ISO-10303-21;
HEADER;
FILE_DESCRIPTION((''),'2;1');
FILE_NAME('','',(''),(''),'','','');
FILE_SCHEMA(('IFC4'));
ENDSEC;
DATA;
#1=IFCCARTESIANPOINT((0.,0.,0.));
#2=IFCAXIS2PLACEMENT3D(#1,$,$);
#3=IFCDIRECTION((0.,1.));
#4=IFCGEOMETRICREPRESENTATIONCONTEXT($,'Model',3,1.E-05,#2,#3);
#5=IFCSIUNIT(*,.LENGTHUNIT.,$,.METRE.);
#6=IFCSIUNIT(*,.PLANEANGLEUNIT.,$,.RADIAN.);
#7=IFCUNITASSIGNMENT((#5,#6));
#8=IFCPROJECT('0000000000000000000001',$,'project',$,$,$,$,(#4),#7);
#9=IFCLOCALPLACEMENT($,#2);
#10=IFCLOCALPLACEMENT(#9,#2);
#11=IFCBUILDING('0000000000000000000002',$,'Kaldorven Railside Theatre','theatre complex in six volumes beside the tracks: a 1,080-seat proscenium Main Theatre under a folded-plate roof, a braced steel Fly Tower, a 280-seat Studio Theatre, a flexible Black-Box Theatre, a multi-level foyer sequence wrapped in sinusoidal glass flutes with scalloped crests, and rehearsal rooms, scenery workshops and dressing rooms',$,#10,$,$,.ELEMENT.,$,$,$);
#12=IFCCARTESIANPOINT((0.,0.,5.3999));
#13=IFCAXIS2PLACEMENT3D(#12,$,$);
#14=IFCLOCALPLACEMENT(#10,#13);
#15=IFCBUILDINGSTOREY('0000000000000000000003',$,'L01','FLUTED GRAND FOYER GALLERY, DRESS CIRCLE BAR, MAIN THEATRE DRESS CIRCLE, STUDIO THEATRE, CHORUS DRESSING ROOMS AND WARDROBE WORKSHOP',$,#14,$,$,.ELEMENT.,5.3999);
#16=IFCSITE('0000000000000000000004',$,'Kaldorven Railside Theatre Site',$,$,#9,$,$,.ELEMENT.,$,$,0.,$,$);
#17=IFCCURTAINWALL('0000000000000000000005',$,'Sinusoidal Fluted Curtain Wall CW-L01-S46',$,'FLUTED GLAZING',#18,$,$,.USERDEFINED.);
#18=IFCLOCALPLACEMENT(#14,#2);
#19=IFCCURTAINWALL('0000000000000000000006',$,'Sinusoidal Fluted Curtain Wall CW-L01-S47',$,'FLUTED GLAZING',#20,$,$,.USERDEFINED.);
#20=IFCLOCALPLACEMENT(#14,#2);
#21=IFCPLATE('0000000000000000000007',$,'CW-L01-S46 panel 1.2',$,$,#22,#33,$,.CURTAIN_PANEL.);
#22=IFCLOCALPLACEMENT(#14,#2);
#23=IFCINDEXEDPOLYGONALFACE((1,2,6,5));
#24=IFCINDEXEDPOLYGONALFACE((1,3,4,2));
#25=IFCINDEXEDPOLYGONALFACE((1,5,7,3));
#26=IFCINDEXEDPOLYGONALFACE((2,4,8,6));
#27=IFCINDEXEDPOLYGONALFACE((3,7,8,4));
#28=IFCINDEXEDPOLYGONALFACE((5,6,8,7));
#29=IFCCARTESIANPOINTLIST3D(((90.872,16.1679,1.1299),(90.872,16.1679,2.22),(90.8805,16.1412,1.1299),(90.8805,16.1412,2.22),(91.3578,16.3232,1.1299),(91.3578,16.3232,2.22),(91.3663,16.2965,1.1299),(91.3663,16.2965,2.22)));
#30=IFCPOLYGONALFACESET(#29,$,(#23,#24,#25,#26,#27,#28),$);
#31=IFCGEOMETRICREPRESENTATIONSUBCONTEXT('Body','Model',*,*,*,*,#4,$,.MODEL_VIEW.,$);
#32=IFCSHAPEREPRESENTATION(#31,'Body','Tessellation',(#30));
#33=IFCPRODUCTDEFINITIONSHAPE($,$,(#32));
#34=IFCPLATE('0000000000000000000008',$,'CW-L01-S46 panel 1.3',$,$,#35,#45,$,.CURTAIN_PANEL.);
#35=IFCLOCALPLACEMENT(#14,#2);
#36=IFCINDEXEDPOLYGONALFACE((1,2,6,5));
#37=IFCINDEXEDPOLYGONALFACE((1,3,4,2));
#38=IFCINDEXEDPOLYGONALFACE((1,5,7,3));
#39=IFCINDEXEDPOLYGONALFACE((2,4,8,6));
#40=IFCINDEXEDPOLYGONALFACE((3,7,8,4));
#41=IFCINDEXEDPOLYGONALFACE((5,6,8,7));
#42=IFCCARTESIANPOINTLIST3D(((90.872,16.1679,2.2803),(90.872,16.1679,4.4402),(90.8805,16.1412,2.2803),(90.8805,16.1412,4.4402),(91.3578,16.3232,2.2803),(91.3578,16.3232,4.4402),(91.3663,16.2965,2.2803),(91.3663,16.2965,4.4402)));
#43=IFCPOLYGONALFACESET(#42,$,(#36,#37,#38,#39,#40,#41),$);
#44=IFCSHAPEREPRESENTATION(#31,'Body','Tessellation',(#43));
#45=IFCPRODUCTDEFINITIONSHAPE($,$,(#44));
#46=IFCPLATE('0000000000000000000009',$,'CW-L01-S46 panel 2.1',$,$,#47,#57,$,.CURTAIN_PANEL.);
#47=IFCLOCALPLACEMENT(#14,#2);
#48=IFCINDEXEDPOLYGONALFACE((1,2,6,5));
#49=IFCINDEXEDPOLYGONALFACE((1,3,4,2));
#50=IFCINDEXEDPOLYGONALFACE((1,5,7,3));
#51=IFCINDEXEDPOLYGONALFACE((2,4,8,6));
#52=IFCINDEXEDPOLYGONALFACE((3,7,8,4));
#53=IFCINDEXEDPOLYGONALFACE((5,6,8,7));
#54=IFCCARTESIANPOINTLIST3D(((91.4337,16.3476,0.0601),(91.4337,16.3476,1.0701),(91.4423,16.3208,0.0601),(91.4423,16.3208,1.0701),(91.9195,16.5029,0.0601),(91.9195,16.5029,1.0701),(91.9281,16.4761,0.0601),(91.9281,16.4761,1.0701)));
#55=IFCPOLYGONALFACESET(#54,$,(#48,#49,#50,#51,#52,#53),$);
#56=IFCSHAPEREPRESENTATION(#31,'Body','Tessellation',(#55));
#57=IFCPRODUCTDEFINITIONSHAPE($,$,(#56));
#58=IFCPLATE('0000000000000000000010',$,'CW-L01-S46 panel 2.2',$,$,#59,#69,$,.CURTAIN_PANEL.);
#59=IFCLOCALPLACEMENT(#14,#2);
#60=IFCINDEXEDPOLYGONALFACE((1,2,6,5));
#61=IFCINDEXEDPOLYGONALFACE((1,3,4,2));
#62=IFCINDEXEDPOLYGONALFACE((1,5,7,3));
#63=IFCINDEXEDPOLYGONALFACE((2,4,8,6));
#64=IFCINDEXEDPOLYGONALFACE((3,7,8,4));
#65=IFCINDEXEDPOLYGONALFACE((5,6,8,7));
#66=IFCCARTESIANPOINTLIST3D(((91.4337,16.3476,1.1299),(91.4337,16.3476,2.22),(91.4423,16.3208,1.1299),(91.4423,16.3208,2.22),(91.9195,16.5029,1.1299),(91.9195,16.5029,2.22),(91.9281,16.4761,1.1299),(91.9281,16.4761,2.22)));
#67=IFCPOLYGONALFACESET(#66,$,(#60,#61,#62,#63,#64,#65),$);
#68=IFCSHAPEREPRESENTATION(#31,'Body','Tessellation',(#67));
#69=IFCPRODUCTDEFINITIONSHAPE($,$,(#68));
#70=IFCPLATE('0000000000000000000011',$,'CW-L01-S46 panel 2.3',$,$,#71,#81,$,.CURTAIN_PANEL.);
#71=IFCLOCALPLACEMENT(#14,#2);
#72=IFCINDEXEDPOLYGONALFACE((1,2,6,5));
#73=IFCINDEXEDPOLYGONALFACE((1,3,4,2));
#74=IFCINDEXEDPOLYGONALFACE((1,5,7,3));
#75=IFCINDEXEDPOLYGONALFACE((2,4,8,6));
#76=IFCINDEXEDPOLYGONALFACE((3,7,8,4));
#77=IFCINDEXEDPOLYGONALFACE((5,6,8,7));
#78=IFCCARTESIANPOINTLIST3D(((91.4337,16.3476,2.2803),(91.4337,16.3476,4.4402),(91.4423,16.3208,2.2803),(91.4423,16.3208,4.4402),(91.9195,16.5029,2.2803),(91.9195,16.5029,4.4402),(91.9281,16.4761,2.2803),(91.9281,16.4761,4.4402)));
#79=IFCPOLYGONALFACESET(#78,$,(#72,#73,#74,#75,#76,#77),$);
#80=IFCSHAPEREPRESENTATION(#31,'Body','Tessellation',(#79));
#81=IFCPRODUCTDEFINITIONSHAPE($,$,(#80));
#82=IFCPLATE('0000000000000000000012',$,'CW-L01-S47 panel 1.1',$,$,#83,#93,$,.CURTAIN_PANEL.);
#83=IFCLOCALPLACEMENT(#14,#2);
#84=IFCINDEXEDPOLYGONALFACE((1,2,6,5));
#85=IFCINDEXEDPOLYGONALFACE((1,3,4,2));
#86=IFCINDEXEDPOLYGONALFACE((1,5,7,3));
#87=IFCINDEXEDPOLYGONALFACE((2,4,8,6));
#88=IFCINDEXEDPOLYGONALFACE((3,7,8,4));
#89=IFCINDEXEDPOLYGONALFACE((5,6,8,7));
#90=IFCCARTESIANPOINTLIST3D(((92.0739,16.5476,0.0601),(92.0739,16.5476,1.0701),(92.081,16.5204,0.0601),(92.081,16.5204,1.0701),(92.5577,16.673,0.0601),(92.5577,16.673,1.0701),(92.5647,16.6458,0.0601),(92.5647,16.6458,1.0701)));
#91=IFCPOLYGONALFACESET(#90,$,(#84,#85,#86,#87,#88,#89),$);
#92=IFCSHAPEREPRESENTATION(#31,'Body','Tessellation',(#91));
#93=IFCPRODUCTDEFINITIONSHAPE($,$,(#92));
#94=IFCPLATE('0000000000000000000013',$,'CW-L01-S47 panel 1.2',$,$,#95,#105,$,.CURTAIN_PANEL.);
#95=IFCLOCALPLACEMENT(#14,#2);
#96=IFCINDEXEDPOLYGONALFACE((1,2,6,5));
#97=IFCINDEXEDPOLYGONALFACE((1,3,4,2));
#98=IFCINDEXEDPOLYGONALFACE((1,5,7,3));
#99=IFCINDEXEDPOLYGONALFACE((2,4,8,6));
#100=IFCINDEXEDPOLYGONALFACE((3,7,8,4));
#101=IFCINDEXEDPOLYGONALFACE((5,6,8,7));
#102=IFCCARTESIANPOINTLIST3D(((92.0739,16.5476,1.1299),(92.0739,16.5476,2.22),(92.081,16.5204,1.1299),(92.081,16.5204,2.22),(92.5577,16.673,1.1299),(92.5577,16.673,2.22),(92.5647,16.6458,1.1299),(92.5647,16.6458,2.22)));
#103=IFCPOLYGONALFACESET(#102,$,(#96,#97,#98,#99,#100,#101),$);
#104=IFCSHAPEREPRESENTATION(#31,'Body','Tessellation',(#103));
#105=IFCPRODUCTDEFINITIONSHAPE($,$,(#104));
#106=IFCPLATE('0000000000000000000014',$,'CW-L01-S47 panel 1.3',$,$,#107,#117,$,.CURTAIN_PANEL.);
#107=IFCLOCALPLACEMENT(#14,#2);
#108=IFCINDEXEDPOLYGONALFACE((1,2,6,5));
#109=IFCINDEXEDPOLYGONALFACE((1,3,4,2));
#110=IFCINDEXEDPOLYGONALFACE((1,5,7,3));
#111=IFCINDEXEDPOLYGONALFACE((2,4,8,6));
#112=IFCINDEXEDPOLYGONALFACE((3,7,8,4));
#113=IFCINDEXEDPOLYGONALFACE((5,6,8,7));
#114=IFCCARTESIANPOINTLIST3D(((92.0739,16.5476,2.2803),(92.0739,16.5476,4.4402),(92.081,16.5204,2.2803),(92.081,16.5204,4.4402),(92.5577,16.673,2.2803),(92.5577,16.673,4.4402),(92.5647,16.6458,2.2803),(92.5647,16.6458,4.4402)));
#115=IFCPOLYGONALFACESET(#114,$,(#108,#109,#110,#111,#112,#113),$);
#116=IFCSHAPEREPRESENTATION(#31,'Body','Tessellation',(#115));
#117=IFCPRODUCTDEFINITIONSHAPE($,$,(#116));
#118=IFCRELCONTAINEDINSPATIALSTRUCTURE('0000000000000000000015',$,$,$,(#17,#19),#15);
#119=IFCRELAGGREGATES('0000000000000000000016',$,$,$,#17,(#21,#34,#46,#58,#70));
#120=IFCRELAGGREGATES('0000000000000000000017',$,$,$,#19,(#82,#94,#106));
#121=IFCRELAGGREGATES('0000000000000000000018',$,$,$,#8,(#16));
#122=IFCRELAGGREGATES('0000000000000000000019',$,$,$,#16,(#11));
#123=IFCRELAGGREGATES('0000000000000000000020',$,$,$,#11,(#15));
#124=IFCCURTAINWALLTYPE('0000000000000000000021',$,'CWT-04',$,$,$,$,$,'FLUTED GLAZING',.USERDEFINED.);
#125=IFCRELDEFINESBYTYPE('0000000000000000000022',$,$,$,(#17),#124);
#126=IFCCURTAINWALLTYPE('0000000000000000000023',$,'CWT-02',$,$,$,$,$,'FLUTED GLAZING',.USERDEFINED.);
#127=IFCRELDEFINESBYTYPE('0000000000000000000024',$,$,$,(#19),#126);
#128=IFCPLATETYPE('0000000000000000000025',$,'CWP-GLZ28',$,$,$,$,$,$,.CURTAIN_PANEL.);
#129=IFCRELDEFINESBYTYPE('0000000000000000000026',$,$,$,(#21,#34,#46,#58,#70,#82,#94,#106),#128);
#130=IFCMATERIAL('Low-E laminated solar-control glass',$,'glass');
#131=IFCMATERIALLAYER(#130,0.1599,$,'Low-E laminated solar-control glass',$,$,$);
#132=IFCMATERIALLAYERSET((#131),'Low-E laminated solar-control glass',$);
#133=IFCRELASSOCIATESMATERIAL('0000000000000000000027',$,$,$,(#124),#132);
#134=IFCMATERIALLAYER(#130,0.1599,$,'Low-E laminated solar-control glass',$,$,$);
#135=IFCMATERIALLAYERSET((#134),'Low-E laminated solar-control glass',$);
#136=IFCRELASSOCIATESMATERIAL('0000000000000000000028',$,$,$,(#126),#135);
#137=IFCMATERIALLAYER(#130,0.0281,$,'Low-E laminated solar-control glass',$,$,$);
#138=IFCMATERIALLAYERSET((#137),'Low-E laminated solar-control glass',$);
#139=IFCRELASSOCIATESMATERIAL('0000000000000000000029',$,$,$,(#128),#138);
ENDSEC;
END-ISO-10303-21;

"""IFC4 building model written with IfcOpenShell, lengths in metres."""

from ifc_helpers import new_model, si_unit, direction, frame, origin, origin_2d, place, context, subcontext, project, spatial, rectangle, extrude, material, layer, layer_set, type_object, element, aggregate, save


model = new_model("IFC4")

# Units and contexts
model_context = context("Model", 3, precision=1e-05, world=origin(), true_north=direction((0.0, 1.0)))
body_context = subcontext(model_context, "Body", "Model", "MODEL_VIEW")
ifc_project = project(units=[si_unit("LENGTHUNIT", "METRE"), si_unit("PLANEANGLEUNIT", "RADIAN")], contexts=[model_context])

# Site, building, storey
site_placement = place(None, origin())
site = spatial("IfcSite", under=ifc_project, at=site_placement, Name="Kaldorven Railside Theatre Site", CompositionType="ELEMENT", RefElevation=0.0)
building_placement = place(site_placement, origin())
building = spatial("IfcBuilding", under=site, at=building_placement, Name="Kaldorven Railside Theatre", Description="theatre complex in six volumes beside the tracks: a 1,080-seat proscenium Main Theatre under a folded-plate roof, a braced steel Fly Tower, a 280-seat Studio Theatre, a flexible Black-Box Theatre, a multi-level foyer sequence wrapped in sinusoidal glass flutes with scalloped crests, and rehearsal rooms, scenery workshops and dressing rooms", CompositionType="ELEMENT")
storey_placement = place(building_placement, frame((0.0, 0.0, 5.3999)))
storey = spatial("IfcBuildingStorey", under=building, at=storey_placement, Name="L01", Description="FLUTED GRAND FOYER GALLERY, DRESS CIRCLE BAR, MAIN THEATRE DRESS CIRCLE, STUDIO THEATRE, CHORUS DRESSING ROOMS AND WARDROBE WORKSHOP", CompositionType="ELEMENT", Elevation=5.3999)

# Curtain wall
ifc_material_1 = material(Name="Low-E laminated solar-control glass", Category="glass")
ifc_layer_1 = layer(ifc_material_1, 0.1599, Name="Low-E laminated solar-control glass")
ifc_layer_set_1 = layer_set([ifc_layer_1], Name="Low-E laminated solar-control glass")
curtain_wall_type_1 = type_object("IfcCurtainWallType", Name="CWT-04", ElementType="FLUTED GLAZING", PredefinedType="USERDEFINED", material=ifc_layer_set_1)
curtain_wall_1_placement = place(storey_placement, origin())
curtain_wall_1 = element("IfcCurtainWall", 1, at=curtain_wall_1_placement, inside=storey, type_object=curtain_wall_type_1, Name="Sinusoidal Fluted Curtain Wall CW-L01-S46", ObjectType="FLUTED GLAZING", PredefinedType="USERDEFINED")

# Curtain wall
ifc_layer_2 = layer(ifc_material_1, 0.1599, Name="Low-E laminated solar-control glass")
ifc_layer_set_2 = layer_set([ifc_layer_2], Name="Low-E laminated solar-control glass")
curtain_wall_type_2 = type_object("IfcCurtainWallType", Name="CWT-02", ElementType="FLUTED GLAZING", PredefinedType="USERDEFINED", material=ifc_layer_set_2)
curtain_wall_2_placement = place(storey_placement, origin())
curtain_wall_2 = element("IfcCurtainWall", 2, at=curtain_wall_2_placement, inside=storey, type_object=curtain_wall_type_2, Name="Sinusoidal Fluted Curtain Wall CW-L01-S47", ObjectType="FLUTED GLAZING", PredefinedType="USERDEFINED")

# Plates
ifc_layer_3 = layer(ifc_material_1, 0.0281, Name="Low-E laminated solar-control glass")
ifc_layer_set_3 = layer_set([ifc_layer_3], Name="Low-E laminated solar-control glass")
plate_type = type_object("IfcPlateType", Name="CWP-GLZ28", PredefinedType="CURTAIN_PANEL", material=ifc_layer_set_3)
plate_1_placement = place(storey_placement, frame((91.1191, 16.2322, 1.1299), z_axis=(0.0, 0.0, 1.0), x_axis=(0.952516, 0.304488, 0.0)))
plate_1 = element("IfcPlate", 3, at=plate_1_placement, type_object=plate_type, Name="CW-L01-S46 panel 1.2", PredefinedType="CURTAIN_PANEL", context=body_context, shape_type="SweptSolid", body=[
    extrude(rectangle(XDim=0.51, YDim=0.0281, at=origin_2d()), origin(), (0.0, 0.0, 1.0), 1.0901),
])
plate_2_placement = place(storey_placement, frame((91.1191, 16.2322, 2.2803), z_axis=(0.0, 0.0, 1.0), x_axis=(0.952516, 0.304488, 0.0)))
plate_2 = element("IfcPlate", 4, at=plate_2_placement, type_object=plate_type, Name="CW-L01-S46 panel 1.3", PredefinedType="CURTAIN_PANEL", context=body_context, shape_type="SweptSolid", body=[
    extrude(rectangle(XDim=0.51, YDim=0.0281, at=origin_2d()), origin(), (0.0, 0.0, 1.0), 2.1599),
])
plate_3_placement = place(storey_placement, frame((91.6809, 16.4119, 0.0601), z_axis=(0.0, 0.0, 1.0), x_axis=(0.952516, 0.304488, 0.0)))
plate_3 = element("IfcPlate", 5, at=plate_3_placement, type_object=plate_type, Name="CW-L01-S46 panel 2.1", PredefinedType="CURTAIN_PANEL", context=body_context, shape_type="SweptSolid", body=[
    extrude(rectangle(XDim=0.51, YDim=0.0281, at=origin_2d()), origin(), (0.0, 0.0, 1.0), 1.01),
])
plate_4_placement = place(storey_placement, frame((91.6809, 16.4119, 1.1299), z_axis=(0.0, 0.0, 1.0), x_axis=(0.952516, 0.304488, 0.0)))
plate_4 = element("IfcPlate", 6, at=plate_4_placement, type_object=plate_type, Name="CW-L01-S46 panel 2.2", PredefinedType="CURTAIN_PANEL", context=body_context, shape_type="SweptSolid", body=[
    extrude(rectangle(XDim=0.51, YDim=0.0281, at=origin_2d()), origin(), (0.0, 0.0, 1.0), 1.0901),
])
plate_5_placement = place(storey_placement, frame((91.6809, 16.4119, 2.2803), z_axis=(0.0, 0.0, 1.0), x_axis=(0.952516, 0.304488, 0.0)))
plate_5 = element("IfcPlate", 7, at=plate_5_placement, type_object=plate_type, Name="CW-L01-S46 panel 2.3", PredefinedType="CURTAIN_PANEL", context=body_context, shape_type="SweptSolid", body=[
    extrude(rectangle(XDim=0.51, YDim=0.0281, at=origin_2d()), origin(), (0.0, 0.0, 1.0), 2.1599),
])
aggregate(curtain_wall_1, [plate_1, plate_2, plate_3, plate_4, plate_5])
plate_6_placement = place(storey_placement, frame((92.3193, 16.5967, 0.0601), z_axis=(0.0, 0.0, 1.0), x_axis=(0.967999, 0.250954, 0.0)))
plate_6 = element("IfcPlate", 8, at=plate_6_placement, type_object=plate_type, Name="CW-L01-S47 panel 1.1", PredefinedType="CURTAIN_PANEL", context=body_context, shape_type="SweptSolid", body=[
    extrude(rectangle(XDim=0.4998, YDim=0.0281, at=origin_2d()), origin(), (0.0, 0.0, 1.0), 1.01),
])
plate_7_placement = place(storey_placement, frame((92.3193, 16.5967, 1.1299), z_axis=(0.0, 0.0, 1.0), x_axis=(0.967999, 0.250954, 0.0)))
plate_7 = element("IfcPlate", 9, at=plate_7_placement, type_object=plate_type, Name="CW-L01-S47 panel 1.2", PredefinedType="CURTAIN_PANEL", context=body_context, shape_type="SweptSolid", body=[
    extrude(rectangle(XDim=0.4998, YDim=0.0281, at=origin_2d()), origin(), (0.0, 0.0, 1.0), 1.0901),
])
plate_8_placement = place(storey_placement, frame((92.3193, 16.5967, 2.2803), z_axis=(0.0, 0.0, 1.0), x_axis=(0.967999, 0.250954, 0.0)))
plate_8 = element("IfcPlate", 10, at=plate_8_placement, type_object=plate_type, Name="CW-L01-S47 panel 1.3", PredefinedType="CURTAIN_PANEL", context=body_context, shape_type="SweptSolid", body=[
    extrude(rectangle(XDim=0.4998, YDim=0.0281, at=origin_2d()), origin(), (0.0, 0.0, 1.0), 2.1599),
])
aggregate(curtain_wall_2, [plate_6, plate_7, plate_8])

save(model, "model.ifc")
